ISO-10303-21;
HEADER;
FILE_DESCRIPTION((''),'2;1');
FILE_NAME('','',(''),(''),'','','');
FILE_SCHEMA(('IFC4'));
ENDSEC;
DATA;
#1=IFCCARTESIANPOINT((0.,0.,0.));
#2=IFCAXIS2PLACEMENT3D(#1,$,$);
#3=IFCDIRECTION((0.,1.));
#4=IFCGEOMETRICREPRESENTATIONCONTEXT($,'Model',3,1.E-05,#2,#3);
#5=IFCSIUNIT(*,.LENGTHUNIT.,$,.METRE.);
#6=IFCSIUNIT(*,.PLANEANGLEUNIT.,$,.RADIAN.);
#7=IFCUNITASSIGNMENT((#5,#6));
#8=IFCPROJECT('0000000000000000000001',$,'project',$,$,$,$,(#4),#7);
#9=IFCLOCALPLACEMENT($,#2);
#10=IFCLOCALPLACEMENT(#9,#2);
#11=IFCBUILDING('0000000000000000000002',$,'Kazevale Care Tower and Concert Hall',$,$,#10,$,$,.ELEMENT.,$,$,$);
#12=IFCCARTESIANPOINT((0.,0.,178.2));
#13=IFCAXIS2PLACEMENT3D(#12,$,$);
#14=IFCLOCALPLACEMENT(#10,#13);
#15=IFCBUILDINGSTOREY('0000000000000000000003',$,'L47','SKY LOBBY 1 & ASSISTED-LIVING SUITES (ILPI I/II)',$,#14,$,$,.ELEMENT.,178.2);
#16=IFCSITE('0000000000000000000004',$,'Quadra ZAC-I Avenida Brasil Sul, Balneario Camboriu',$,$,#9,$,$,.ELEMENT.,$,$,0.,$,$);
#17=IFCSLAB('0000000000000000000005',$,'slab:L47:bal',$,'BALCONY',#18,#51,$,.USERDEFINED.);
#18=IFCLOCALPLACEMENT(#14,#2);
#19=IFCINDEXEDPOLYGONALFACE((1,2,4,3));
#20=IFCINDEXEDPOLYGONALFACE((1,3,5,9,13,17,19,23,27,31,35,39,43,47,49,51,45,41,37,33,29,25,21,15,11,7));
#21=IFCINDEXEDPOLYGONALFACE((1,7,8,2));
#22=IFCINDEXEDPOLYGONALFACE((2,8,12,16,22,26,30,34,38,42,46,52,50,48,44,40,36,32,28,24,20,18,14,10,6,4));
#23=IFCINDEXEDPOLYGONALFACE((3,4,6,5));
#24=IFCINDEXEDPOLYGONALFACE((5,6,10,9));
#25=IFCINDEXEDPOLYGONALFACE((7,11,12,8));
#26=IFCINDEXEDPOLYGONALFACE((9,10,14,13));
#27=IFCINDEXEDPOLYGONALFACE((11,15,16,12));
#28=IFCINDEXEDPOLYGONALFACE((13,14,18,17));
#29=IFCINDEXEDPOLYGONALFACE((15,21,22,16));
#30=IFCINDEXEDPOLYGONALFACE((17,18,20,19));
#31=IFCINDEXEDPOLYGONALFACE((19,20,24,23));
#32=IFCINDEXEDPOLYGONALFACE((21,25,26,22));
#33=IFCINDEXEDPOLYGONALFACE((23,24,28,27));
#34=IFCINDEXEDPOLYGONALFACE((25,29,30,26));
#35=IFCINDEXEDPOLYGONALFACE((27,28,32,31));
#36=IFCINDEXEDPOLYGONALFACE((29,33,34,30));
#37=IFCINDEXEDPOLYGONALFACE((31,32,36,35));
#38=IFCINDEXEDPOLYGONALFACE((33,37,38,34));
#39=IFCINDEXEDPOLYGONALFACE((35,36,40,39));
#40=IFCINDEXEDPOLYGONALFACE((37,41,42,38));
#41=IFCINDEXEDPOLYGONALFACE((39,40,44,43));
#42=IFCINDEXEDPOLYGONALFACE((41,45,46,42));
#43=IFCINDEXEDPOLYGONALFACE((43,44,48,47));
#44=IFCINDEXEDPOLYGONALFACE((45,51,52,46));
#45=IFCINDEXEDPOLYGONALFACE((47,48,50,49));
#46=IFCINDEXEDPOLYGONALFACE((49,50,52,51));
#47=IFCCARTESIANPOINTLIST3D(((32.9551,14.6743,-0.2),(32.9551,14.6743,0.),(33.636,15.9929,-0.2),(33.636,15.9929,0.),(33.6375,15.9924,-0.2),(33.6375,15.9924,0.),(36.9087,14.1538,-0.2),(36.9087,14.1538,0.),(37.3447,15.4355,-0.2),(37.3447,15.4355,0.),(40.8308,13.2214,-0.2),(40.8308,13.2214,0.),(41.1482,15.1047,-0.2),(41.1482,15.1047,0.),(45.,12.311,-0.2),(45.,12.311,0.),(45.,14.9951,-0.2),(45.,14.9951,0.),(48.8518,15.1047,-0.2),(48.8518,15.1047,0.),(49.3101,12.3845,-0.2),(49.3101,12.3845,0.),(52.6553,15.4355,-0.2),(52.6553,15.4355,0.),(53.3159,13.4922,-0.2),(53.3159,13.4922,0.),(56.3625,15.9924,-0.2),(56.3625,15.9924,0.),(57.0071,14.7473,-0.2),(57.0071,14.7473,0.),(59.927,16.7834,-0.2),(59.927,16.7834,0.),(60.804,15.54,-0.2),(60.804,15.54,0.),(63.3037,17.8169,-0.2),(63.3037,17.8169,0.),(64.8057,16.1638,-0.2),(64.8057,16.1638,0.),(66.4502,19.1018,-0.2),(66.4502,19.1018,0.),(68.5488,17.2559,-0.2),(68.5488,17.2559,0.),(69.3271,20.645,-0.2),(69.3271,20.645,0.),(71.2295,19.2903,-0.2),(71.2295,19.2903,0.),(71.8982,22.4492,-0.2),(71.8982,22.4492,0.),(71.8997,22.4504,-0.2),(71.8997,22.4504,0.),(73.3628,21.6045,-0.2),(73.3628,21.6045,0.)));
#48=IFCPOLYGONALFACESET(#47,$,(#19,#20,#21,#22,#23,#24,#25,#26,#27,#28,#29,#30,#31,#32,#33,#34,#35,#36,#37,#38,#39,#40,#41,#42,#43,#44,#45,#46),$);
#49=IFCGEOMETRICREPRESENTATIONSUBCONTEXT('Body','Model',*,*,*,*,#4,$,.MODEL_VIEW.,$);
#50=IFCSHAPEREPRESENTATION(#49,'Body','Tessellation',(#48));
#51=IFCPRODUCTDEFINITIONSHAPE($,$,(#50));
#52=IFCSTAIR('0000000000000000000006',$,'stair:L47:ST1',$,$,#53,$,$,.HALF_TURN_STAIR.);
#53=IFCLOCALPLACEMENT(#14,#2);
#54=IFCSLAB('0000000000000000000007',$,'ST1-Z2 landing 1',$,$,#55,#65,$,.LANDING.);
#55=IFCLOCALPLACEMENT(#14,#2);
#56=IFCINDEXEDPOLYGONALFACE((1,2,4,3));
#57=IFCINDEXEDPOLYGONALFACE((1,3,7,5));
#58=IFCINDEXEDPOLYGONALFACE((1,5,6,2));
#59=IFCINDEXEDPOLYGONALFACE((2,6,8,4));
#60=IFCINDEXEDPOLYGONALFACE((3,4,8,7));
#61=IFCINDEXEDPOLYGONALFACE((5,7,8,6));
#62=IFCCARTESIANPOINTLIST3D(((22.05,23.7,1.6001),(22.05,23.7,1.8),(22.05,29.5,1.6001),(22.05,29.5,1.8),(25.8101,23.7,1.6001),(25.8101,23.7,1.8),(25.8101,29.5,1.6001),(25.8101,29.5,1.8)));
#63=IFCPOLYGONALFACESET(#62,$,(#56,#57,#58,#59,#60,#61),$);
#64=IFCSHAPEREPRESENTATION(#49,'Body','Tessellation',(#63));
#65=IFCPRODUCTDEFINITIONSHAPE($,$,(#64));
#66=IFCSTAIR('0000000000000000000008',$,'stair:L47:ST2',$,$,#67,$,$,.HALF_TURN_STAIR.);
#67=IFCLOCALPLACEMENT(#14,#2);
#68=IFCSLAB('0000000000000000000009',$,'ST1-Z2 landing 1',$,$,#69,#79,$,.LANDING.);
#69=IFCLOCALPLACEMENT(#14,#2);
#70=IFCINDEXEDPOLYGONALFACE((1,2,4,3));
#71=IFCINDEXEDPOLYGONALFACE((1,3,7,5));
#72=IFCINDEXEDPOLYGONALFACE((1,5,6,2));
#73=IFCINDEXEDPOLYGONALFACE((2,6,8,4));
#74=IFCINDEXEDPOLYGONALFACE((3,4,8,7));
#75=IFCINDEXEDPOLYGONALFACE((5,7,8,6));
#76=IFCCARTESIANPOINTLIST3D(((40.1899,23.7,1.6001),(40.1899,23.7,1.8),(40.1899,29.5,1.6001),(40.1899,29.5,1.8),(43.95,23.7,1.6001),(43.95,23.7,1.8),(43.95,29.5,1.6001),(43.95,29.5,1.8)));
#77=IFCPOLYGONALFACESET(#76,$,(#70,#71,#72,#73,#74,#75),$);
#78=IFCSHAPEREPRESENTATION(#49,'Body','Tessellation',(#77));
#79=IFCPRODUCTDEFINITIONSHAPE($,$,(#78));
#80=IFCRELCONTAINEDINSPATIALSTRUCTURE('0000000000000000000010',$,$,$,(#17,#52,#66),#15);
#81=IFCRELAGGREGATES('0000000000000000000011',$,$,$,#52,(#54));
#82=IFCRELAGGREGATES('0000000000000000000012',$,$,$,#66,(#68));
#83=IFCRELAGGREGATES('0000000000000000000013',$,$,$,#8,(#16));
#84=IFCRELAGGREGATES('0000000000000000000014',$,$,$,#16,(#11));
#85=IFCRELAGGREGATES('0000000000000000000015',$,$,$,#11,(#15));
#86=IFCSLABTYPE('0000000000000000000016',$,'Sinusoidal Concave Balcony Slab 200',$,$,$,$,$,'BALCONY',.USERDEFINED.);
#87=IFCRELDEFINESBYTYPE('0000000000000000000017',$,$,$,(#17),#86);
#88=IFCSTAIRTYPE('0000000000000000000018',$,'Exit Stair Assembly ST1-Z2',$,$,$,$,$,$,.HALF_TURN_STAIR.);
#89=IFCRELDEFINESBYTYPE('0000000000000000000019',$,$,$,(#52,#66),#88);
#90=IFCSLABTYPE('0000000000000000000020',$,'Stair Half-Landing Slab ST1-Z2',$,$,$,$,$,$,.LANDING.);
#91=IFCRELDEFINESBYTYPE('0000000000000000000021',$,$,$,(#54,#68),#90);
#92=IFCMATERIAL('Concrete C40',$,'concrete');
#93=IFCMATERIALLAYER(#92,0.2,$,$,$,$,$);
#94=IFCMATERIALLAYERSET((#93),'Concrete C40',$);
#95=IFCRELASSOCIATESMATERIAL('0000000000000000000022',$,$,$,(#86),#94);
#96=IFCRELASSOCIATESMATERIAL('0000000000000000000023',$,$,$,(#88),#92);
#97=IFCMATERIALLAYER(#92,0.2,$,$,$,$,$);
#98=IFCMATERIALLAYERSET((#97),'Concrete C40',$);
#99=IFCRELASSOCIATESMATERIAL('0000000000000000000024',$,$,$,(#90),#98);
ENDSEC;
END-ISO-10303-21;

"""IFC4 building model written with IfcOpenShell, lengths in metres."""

from ifc_helpers import new_model, si_unit, direction, frame, origin, place, context, subcontext, project, spatial, polyline, outline, extrude, material, layer, layer_set, type_object, element, aggregate, save


model = new_model("IFC4")

# Units and contexts
model_context = context("Model", 3, precision=1e-05, world=origin(), true_north=direction((0.0, 1.0)))
body_context = subcontext(model_context, "Body", "Model", "MODEL_VIEW")
ifc_project = project(units=[si_unit("LENGTHUNIT", "METRE"), si_unit("PLANEANGLEUNIT", "RADIAN")], contexts=[model_context])

# Site, building, storey
site_placement = place(None, origin())
site = spatial("IfcSite", under=ifc_project, at=site_placement, Name="Quadra ZAC-I Avenida Brasil Sul, Balneario Camboriu", CompositionType="ELEMENT", RefElevation=0.0)
building_placement = place(site_placement, origin())
building = spatial("IfcBuilding", under=site, at=building_placement, Name="Kazevale Care Tower and Concert Hall", CompositionType="ELEMENT")
storey_placement = place(building_placement, frame((0.0, 0.0, 178.2)))
storey = spatial("IfcBuildingStorey", under=building, at=storey_placement, Name="L47", Description="SKY LOBBY 1 & ASSISTED-LIVING SUITES (ILPI I/II)", CompositionType="ELEMENT", Elevation=178.2)

# Slab
ifc_material_1 = material(Name="Concrete C40", Category="concrete")
ifc_layer_1 = layer(ifc_material_1, 0.2)
ifc_layer_set_1 = layer_set([ifc_layer_1], Name="Concrete C40")
slab_type_1 = type_object("IfcSlabType", Name="Sinusoidal Concave Balcony Slab 200", ElementType="BALCONY", PredefinedType="USERDEFINED", material=ifc_layer_set_1)
slab_1_placement = place(storey_placement, frame((0.0, 0.0, -0.2)))
element("IfcSlab", 1, at=slab_1_placement, inside=storey, type_object=slab_type_1, Name="slab:L47:bal", ObjectType="BALCONY", PredefinedType="USERDEFINED", context=body_context, shape_type="SweptSolid", body=[
    extrude(outline(polyline([(73.3628, 21.6045), (71.2295, 19.2903), (68.5488, 17.2559), (64.8057, 16.1638), (60.804, 15.54), (57.0071, 14.7473), (53.3159, 13.4922), (49.3101, 12.3845), (45.0, 12.311), (40.8308, 13.2214), (36.9087, 14.1538), (32.9551, 14.6743), (33.636, 15.9929), (33.6375, 15.9924), (37.3447, 15.4355), (41.1482, 15.1047), (45.0, 14.9951), (48.8518, 15.1047), (52.6553, 15.4355), (56.3625, 15.9924), (59.927, 16.7834), (63.3037, 17.8169), (66.4502, 19.1018), (69.3271, 20.645), (71.8982, 22.4492), (71.8997, 22.4504), (73.3628, 21.6045)])), origin(), (0.0, 0.0, 1.0), 0.2),
])

# Stairs, slabs
stair_type = type_object("IfcStairType", Name="Exit Stair Assembly ST1-Z2", PredefinedType="HALF_TURN_STAIR", material=ifc_material_1)
stair_1_placement = place(storey_placement, origin())
stair_1 = element("IfcStair", 2, at=stair_1_placement, inside=storey, type_object=stair_type, Name="stair:L47:ST1", PredefinedType="HALF_TURN_STAIR")
ifc_layer_2 = layer(ifc_material_1, 0.2)
ifc_layer_set_2 = layer_set([ifc_layer_2], Name="Concrete C40")
slab_type_2 = type_object("IfcSlabType", Name="Stair Half-Landing Slab ST1-Z2", PredefinedType="LANDING", material=ifc_layer_set_2)
slab_2_placement = place(storey_placement, frame((0.0, 0.0, 1.6001)))
slab_2 = element("IfcSlab", 3, at=slab_2_placement, type_object=slab_type_2, Name="ST1-Z2 landing 1", PredefinedType="LANDING", context=body_context, shape_type="SweptSolid", body=[
    extrude(outline(polyline([(22.05, 23.7), (25.8101, 23.7), (25.8101, 29.5), (22.05, 29.5), (22.05, 23.7)])), origin(), (0.0, 0.0, 1.0), 0.2),
])
aggregate(stair_1, [slab_2])
stair_2_placement = place(storey_placement, origin())
stair_2 = element("IfcStair", 4, at=stair_2_placement, inside=storey, type_object=stair_type, Name="stair:L47:ST2", PredefinedType="HALF_TURN_STAIR")
slab_3_placement = place(storey_placement, frame((0.0, 0.0, 1.6001)))
slab_3 = element("IfcSlab", 5, at=slab_3_placement, type_object=slab_type_2, Name="ST1-Z2 landing 1", PredefinedType="LANDING", context=body_context, shape_type="SweptSolid", body=[
    extrude(outline(polyline([(40.1899, 23.7), (43.95, 23.7), (43.95, 29.5), (40.1899, 29.5), (40.1899, 23.7)])), origin(), (0.0, 0.0, 1.0), 0.2),
])
aggregate(stair_2, [slab_3])

save(model, "model.ifc")
